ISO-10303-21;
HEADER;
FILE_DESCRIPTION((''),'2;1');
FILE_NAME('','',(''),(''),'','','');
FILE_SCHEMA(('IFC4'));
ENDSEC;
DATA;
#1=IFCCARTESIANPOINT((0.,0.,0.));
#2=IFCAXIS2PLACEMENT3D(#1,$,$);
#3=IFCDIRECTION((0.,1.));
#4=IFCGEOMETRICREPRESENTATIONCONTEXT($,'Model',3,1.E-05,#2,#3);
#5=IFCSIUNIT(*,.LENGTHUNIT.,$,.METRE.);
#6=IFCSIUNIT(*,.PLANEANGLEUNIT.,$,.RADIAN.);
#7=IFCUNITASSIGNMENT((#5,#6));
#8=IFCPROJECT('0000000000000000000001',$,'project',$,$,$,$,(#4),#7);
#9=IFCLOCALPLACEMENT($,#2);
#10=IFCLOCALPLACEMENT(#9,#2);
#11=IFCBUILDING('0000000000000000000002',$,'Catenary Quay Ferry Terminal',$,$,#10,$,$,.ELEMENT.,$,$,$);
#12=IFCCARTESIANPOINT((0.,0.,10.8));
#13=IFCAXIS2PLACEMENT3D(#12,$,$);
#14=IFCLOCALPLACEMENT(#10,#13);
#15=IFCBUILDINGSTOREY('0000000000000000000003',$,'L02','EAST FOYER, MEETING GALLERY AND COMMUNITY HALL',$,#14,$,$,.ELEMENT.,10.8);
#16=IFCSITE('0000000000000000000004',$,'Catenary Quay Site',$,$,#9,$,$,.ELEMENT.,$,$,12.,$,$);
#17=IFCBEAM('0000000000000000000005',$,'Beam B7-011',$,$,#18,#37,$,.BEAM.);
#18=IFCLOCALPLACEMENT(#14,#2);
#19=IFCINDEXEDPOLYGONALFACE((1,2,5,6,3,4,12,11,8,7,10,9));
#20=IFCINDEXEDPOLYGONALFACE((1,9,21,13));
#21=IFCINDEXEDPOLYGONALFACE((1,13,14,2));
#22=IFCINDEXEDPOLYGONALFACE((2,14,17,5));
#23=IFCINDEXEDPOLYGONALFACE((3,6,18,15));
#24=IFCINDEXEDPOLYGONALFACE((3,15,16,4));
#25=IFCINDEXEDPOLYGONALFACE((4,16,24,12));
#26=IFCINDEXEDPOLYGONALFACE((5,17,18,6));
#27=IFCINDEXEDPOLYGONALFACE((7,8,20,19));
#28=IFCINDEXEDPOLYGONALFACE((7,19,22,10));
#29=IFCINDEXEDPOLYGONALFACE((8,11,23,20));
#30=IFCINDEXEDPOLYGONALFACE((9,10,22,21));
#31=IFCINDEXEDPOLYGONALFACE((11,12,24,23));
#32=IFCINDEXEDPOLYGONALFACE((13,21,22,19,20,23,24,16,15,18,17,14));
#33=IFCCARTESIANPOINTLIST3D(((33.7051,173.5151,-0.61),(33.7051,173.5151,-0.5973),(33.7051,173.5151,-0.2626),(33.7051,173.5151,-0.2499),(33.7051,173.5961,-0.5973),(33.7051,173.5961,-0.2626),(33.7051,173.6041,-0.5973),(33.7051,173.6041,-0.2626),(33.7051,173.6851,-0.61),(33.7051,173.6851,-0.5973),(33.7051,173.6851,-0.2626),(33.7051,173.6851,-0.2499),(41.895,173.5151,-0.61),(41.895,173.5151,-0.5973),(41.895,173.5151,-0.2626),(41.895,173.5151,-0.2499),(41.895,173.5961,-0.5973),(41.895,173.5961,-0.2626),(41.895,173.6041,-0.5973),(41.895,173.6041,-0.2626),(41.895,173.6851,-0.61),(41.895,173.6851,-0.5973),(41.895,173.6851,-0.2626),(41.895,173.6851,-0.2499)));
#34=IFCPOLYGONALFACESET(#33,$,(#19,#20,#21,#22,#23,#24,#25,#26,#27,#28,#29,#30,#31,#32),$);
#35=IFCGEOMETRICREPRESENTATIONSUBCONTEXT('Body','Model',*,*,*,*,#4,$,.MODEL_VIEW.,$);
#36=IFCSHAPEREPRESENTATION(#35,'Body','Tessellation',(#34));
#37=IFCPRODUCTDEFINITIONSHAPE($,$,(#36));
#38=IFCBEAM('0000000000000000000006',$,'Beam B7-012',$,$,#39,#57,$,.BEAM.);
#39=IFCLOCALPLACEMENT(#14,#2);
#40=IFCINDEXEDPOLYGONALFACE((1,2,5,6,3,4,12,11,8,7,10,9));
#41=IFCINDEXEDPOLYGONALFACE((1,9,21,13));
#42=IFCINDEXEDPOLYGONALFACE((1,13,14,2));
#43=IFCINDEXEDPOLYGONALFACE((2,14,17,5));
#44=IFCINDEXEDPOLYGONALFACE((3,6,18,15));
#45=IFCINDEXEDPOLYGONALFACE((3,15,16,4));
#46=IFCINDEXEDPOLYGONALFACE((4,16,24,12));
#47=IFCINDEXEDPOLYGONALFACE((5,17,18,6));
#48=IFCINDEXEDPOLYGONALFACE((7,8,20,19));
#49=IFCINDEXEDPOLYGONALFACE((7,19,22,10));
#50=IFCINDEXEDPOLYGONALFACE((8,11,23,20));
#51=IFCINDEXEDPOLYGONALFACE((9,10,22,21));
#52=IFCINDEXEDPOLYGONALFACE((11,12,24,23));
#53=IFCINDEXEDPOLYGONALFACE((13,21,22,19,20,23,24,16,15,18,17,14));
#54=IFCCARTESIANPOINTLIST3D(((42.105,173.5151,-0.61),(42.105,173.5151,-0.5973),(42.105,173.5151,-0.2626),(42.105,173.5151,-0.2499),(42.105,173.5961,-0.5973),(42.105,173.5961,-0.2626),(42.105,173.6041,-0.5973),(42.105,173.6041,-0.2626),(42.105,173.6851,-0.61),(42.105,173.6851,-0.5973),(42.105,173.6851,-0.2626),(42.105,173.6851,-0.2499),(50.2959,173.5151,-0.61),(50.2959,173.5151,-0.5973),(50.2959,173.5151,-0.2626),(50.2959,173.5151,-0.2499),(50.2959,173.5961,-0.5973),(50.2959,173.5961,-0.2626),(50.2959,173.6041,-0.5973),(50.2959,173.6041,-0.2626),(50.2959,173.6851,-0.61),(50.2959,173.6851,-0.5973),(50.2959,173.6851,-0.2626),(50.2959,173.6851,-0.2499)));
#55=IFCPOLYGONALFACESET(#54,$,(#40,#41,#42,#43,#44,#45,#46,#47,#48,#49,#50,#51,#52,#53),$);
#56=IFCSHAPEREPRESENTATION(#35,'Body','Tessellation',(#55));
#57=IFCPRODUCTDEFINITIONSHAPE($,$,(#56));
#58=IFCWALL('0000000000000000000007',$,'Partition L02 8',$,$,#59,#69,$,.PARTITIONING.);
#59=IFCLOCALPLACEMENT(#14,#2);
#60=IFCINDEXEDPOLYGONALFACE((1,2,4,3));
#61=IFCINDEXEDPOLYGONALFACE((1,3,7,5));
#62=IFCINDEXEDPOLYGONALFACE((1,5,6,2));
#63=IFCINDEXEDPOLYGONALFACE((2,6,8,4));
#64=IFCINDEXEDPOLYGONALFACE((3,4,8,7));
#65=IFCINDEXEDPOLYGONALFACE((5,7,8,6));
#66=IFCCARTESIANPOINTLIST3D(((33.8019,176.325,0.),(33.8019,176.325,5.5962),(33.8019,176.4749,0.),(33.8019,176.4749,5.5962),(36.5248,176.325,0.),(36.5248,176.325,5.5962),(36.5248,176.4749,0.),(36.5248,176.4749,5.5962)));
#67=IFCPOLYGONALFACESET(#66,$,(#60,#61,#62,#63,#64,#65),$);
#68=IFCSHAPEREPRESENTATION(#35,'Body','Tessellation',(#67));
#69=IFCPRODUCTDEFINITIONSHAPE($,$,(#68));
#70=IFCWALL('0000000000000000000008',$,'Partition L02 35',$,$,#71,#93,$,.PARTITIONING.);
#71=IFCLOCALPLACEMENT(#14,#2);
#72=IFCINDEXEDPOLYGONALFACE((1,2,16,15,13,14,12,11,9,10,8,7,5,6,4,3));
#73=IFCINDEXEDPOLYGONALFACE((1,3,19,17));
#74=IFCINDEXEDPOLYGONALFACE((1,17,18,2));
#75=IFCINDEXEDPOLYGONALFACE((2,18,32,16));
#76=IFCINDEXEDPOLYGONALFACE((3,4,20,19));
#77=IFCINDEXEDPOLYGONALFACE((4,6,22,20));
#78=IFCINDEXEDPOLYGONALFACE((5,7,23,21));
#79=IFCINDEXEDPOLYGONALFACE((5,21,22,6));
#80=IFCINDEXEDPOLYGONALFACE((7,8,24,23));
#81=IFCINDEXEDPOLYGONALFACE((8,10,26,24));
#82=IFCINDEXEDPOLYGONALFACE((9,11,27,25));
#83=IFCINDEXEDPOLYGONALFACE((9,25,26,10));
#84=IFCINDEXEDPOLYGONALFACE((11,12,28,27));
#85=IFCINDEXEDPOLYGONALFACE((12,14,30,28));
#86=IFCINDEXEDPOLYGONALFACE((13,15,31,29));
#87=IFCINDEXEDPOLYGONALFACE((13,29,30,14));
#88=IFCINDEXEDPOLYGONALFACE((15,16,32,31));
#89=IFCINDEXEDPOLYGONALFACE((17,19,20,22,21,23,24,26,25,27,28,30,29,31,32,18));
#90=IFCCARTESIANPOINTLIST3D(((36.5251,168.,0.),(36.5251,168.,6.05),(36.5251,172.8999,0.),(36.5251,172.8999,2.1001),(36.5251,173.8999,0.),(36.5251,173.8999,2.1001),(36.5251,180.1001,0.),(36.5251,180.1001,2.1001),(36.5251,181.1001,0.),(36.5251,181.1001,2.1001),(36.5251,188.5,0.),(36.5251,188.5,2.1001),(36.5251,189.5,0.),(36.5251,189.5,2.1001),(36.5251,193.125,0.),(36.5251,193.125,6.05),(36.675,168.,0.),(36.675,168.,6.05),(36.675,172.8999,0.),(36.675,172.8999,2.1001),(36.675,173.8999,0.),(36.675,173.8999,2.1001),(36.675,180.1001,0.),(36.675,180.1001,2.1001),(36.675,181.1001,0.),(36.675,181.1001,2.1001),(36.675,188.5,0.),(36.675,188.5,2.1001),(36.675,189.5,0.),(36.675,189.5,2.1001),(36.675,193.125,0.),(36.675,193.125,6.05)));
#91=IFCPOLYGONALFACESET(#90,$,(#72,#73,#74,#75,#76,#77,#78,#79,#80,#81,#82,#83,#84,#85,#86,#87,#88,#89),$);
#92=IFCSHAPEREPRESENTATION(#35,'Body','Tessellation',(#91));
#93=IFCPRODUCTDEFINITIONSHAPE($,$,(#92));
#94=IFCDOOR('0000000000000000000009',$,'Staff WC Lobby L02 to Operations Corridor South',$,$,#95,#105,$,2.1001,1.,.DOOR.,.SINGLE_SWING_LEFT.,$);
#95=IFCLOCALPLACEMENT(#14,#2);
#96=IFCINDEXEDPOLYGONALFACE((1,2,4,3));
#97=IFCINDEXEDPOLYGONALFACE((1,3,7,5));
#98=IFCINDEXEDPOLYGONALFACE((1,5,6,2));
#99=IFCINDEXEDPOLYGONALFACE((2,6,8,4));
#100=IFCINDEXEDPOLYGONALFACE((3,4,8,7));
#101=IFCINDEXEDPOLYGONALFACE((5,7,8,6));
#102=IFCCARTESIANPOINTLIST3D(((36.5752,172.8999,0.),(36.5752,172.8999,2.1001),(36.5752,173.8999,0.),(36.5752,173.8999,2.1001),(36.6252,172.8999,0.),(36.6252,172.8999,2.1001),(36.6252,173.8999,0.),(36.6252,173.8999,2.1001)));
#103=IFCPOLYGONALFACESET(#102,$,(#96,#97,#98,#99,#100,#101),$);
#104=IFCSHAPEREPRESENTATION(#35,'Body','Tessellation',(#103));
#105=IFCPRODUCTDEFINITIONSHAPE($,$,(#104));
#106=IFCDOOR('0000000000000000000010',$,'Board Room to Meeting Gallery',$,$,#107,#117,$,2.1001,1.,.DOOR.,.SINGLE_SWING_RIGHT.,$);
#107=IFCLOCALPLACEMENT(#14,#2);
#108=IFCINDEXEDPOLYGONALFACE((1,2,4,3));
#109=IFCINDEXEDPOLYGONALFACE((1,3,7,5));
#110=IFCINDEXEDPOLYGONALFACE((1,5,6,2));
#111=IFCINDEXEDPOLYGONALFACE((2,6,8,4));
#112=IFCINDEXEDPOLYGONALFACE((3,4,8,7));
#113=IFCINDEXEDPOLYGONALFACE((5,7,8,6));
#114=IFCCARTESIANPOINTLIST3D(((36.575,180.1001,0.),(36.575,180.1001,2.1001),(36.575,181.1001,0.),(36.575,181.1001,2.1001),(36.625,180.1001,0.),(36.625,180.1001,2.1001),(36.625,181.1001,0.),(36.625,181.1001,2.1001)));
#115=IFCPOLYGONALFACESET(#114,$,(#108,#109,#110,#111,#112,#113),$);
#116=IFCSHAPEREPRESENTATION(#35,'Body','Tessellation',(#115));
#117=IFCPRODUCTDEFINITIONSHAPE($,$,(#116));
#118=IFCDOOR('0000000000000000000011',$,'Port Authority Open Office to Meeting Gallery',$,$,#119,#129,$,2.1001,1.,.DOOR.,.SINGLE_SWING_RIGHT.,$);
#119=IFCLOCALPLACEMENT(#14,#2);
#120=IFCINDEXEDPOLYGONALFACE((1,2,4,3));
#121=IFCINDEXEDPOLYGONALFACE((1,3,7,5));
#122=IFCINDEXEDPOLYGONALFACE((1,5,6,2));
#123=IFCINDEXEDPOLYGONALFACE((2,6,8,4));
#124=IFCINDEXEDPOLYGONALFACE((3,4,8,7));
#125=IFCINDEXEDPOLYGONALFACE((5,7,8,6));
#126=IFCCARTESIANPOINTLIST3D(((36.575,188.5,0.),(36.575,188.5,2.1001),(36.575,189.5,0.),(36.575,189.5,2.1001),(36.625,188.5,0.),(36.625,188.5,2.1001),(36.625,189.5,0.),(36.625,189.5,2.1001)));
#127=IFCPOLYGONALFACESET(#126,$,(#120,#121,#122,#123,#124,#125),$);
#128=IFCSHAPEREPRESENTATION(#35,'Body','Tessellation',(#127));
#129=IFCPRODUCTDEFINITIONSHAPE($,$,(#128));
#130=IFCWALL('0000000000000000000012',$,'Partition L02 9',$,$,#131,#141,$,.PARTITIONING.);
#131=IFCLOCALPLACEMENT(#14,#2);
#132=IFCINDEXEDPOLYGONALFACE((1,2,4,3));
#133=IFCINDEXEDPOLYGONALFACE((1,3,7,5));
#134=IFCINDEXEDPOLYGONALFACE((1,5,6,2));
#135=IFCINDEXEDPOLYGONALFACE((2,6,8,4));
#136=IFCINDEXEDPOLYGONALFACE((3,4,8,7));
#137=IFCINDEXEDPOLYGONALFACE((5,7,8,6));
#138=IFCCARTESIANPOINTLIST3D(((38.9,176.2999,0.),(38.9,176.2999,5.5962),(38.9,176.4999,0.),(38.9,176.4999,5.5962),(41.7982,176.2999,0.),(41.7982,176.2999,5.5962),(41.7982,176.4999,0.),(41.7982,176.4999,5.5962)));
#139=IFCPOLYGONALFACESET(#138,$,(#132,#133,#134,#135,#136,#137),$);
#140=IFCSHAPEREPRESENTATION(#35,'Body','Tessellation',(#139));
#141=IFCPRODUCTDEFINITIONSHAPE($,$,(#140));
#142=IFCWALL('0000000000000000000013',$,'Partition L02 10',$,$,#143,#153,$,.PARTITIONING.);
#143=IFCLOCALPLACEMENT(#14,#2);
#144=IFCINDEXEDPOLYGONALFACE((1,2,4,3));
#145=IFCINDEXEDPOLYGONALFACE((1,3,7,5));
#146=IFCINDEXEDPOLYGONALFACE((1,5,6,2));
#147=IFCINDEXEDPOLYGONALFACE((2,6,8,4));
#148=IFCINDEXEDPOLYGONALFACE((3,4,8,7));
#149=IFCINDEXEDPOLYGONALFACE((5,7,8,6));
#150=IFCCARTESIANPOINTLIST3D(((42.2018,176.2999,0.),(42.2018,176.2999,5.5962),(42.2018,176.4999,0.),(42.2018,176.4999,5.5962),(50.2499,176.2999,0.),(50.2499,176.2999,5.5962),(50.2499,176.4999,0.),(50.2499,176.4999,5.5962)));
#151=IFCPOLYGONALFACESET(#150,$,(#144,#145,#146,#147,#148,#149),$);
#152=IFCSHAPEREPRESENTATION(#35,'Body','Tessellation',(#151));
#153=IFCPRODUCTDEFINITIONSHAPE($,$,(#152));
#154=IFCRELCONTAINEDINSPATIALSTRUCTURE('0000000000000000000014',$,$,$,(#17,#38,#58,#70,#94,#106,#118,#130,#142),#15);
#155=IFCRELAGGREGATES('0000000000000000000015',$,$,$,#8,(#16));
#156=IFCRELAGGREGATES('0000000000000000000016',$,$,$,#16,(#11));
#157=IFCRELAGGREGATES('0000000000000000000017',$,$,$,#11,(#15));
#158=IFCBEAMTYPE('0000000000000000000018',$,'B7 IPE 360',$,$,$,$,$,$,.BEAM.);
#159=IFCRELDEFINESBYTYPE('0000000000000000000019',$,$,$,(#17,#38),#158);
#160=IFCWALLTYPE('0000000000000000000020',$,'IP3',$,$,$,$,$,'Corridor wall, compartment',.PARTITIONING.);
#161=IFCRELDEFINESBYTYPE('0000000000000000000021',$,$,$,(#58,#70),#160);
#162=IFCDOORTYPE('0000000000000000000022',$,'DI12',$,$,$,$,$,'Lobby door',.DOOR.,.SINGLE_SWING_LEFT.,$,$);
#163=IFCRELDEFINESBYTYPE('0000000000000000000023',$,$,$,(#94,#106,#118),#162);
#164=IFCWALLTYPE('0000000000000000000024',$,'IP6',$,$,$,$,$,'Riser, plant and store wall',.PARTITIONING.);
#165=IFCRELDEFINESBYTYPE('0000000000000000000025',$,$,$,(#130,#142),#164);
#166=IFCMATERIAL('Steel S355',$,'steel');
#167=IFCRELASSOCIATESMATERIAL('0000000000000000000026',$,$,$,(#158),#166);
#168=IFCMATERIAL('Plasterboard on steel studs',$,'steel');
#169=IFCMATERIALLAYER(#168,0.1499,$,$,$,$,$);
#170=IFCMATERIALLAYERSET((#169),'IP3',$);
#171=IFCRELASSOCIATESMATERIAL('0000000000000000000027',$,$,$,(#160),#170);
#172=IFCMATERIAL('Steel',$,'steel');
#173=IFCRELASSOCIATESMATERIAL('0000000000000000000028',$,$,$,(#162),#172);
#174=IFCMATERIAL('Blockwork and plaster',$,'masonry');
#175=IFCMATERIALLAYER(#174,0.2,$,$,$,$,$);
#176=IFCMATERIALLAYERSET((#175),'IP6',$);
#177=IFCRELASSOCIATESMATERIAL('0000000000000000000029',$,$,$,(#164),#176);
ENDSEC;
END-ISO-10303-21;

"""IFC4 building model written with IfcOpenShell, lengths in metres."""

from ifc_helpers import new_model, si_unit, direction, frame, frame_2d, origin, origin_2d, place, context, subcontext, project, spatial, rectangle, i_section, extrude, material, layer, layer_set, material_profile, profile_set, type_object, element, fill, save


model = new_model("IFC4")

# Units and contexts
model_context = context("Model", 3, precision=1e-05, world=origin(), true_north=direction((0.0, 1.0)))
body_context = subcontext(model_context, "Body", "Model", "MODEL_VIEW")
ifc_project = project(units=[si_unit("LENGTHUNIT", "METRE"), si_unit("PLANEANGLEUNIT", "RADIAN")], contexts=[model_context])

# Site, building, storey
site_placement = place(None, origin())
site = spatial("IfcSite", under=ifc_project, at=site_placement, Name="Catenary Quay Site", CompositionType="ELEMENT", RefElevation=12.0)
building_placement = place(site_placement, origin())
building = spatial("IfcBuilding", under=site, at=building_placement, Name="Catenary Quay Ferry Terminal", CompositionType="ELEMENT")
storey_placement = place(building_placement, frame((0.0, 0.0, 10.8)))
storey = spatial("IfcBuildingStorey", under=building, at=storey_placement, Name="L02", Description="EAST FOYER, MEETING GALLERY AND COMMUNITY HALL", CompositionType="ELEMENT", Elevation=10.8)

# Beams
ifc_material_1 = material(Name="Steel S355", Category="steel")
ifc_material_profile_1 = material_profile(ifc_material_1, i_section(OverallWidth=0.1699, OverallDepth=0.3601, WebThickness=0.0081, FlangeThickness=0.0127, at=origin_2d()), Name="IPE 360")
ifc_profile_set_1 = profile_set([ifc_material_profile_1], Name="Steel S355")
beam_type_1 = type_object("IfcBeamType", Name="B7 IPE 360", PredefinedType="BEAM", material=ifc_profile_set_1)
beam_1_placement = place(storey_placement, frame((33.7051, 173.6001, -0.4299), z_axis=(1.0, 0.0, 0.0), x_axis=(0.0, 1.0, 0.0)))
element("IfcBeam", 1, at=beam_1_placement, inside=storey, type_object=beam_type_1, Name="Beam B7-011", PredefinedType="BEAM", context=body_context, shape_type="SweptSolid", body=[
    extrude(i_section(OverallWidth=0.1699, OverallDepth=0.3601, WebThickness=0.0081, FlangeThickness=0.0127, at=origin_2d()), origin(), (0.0, 0.0, 1.0), 8.1899),
])
beam_2_placement = place(storey_placement, frame((42.105, 173.6001, -0.4299), z_axis=(1.0, 0.0, 0.0), x_axis=(0.0, 1.0, 0.0)))
element("IfcBeam", 2, at=beam_2_placement, inside=storey, type_object=beam_type_1, Name="Beam B7-012", PredefinedType="BEAM", context=body_context, shape_type="SweptSolid", body=[
    extrude(i_section(OverallWidth=0.1699, OverallDepth=0.3601, WebThickness=0.0081, FlangeThickness=0.0127, at=origin_2d()), origin(), (0.0, 0.0, 1.0), 8.1909),
])

# Wall
ifc_material_2 = material(Name="Plasterboard on steel studs", Category="steel")
ifc_layer_1 = layer(ifc_material_2, 0.1499)
ifc_layer_set_1 = layer_set([ifc_layer_1], Name="IP3")
wall_type_1 = type_object("IfcWallType", Name="IP3", ElementType="Corridor wall, compartment", PredefinedType="PARTITIONING", material=ifc_layer_set_1)
wall_1_placement = place(storey_placement, frame((33.802, 176.3999, 0.0), z_axis=(0.0, 0.0, 1.0), x_axis=(1.0, 0.0, 0.0)))
element("IfcWall", 3, at=wall_1_placement, inside=storey, type_object=wall_type_1, Name="Partition L02 8", PredefinedType="PARTITIONING", context=body_context, shape_type="SweptSolid", body=[
    extrude(rectangle(XDim=2.7229, YDim=0.1499, at=frame_2d((1.3613, 0.0))), origin(), (0.0, 0.0, 1.0), 5.5962),
])

# Wall, openings, doors
wall_2_placement = place(storey_placement, frame((36.6001, 168.0, 0.0), z_axis=(0.0, 0.0, 1.0), x_axis=(0.0, 1.0, 0.0)))
wall_2 = element("IfcWall", 4, at=wall_2_placement, inside=storey, type_object=wall_type_1, Name="Partition L02 35", PredefinedType="PARTITIONING", context=body_context, shape_type="SweptSolid", body=[
    extrude(rectangle(XDim=25.125, YDim=0.1499, at=frame_2d((12.5625, 0.0))), origin(), (0.0, 0.0, 1.0), 6.05),
])
opening_1_placement = place(wall_2_placement, frame((4.8999, 0.0, 0.0)))
opening_1 = element("IfcOpeningElement", 5, at=opening_1_placement, cuts=wall_2, PredefinedType="OPENING", context=body_context, shape_type="SweptSolid", body=[
    extrude(rectangle(XDim=1.0, YDim=2.1001, at=frame_2d((0.5, 1.05))), frame((0.0, 0.085, 0.0), z_axis=(0.0, -1.0, 0.0), x_axis=(1.0, 0.0, 0.0)), (0.0, 0.0, 1.0), 0.1699),
])
opening_2_placement = place(wall_2_placement, frame((12.1001, 0.0, 0.0)))
opening_2 = element("IfcOpeningElement", 6, at=opening_2_placement, cuts=wall_2, PredefinedType="OPENING", context=body_context, shape_type="SweptSolid", body=[
    extrude(rectangle(XDim=1.0, YDim=2.1001, at=frame_2d((0.5, 1.05))), frame((0.0, 0.085, 0.0), z_axis=(0.0, -1.0, 0.0), x_axis=(1.0, 0.0, 0.0)), (0.0, 0.0, 1.0), 0.1699),
])
opening_3_placement = place(wall_2_placement, frame((20.5, 0.0, 0.0)))
opening_3 = element("IfcOpeningElement", 7, at=opening_3_placement, cuts=wall_2, PredefinedType="OPENING", context=body_context, shape_type="SweptSolid", body=[
    extrude(rectangle(XDim=1.0, YDim=2.1001, at=frame_2d((0.5, 1.05))), frame((0.0, 0.085, 0.0), z_axis=(0.0, -1.0, 0.0), x_axis=(1.0, 0.0, 0.0)), (0.0, 0.0, 1.0), 0.1699),
])
ifc_material_3 = material(Name="Steel", Category="steel")
door_type_1 = type_object("IfcDoorType", Name="DI12", ElementType="Lobby door", OperationType="SINGLE_SWING_LEFT", PredefinedType="DOOR", material=ifc_material_3)
door_1_placement = place(opening_1_placement, origin())
door_1 = element("IfcDoor", 8, at=door_1_placement, inside=storey, type_object=door_type_1, Name="Staff WC Lobby L02 to Operations Corridor South", OperationType="SINGLE_SWING_LEFT", OverallHeight=2.1001, OverallWidth=1.0, PredefinedType="DOOR", context=body_context, shape_type="SweptSolid", body=[
    extrude(rectangle(XDim=1.0, YDim=2.1001, at=frame_2d((0.5, 1.05))), frame((0.0, 0.0249, 0.0), z_axis=(0.0, -1.0, 0.0), x_axis=(1.0, 0.0, 0.0)), (0.0, 0.0, 1.0), 0.05),
])
fill(opening_1, door_1)
door_2_placement = place(opening_2_placement, frame((1.0, 0.0, 0.0), z_axis=(0.0, 0.0, 1.0), x_axis=(-1.0, 0.0, 0.0)))
door_2 = element("IfcDoor", 9, at=door_2_placement, inside=storey, type_object=door_type_1, Name="Board Room to Meeting Gallery", OperationType="SINGLE_SWING_RIGHT", OverallHeight=2.1001, OverallWidth=1.0, PredefinedType="DOOR", context=body_context, shape_type="SweptSolid", body=[
    extrude(rectangle(XDim=1.0, YDim=2.1001, at=frame_2d((0.5, 1.05))), frame((0.0, 0.0249, 0.0), z_axis=(0.0, -1.0, 0.0), x_axis=(1.0, 0.0, 0.0)), (0.0, 0.0, 1.0), 0.05),
])
fill(opening_2, door_2)
door_3_placement = place(opening_3_placement, frame((1.0, 0.0, 0.0), z_axis=(0.0, 0.0, 1.0), x_axis=(-1.0, 0.0, 0.0)))
door_3 = element("IfcDoor", 10, at=door_3_placement, inside=storey, type_object=door_type_1, Name="Port Authority Open Office to Meeting Gallery", OperationType="SINGLE_SWING_RIGHT", OverallHeight=2.1001, OverallWidth=1.0, PredefinedType="DOOR", context=body_context, shape_type="SweptSolid", body=[
    extrude(rectangle(XDim=1.0, YDim=2.1001, at=frame_2d((0.5, 1.05))), frame((0.0, 0.0249, 0.0), z_axis=(0.0, -1.0, 0.0), x_axis=(1.0, 0.0, 0.0)), (0.0, 0.0, 1.0), 0.05),
])
fill(opening_3, door_3)

# Walls
ifc_material_4 = material(Name="Blockwork and plaster", Category="masonry")
ifc_layer_2 = layer(ifc_material_4, 0.2)
ifc_layer_set_2 = layer_set([ifc_layer_2], Name="IP6")
wall_type_2 = type_object("IfcWallType", Name="IP6", ElementType="Riser, plant and store wall", PredefinedType="PARTITIONING", material=ifc_layer_set_2)
wall_3_placement = place(storey_placement, frame((38.8999, 176.3999, 0.0), z_axis=(0.0, 0.0, 1.0), x_axis=(1.0, 0.0, 0.0)))
element("IfcWall", 11, at=wall_3_placement, inside=storey, type_object=wall_type_2, Name="Partition L02 9", PredefinedType="PARTITIONING", context=body_context, shape_type="SweptSolid", body=[
    extrude(rectangle(XDim=2.8982, YDim=0.2, at=frame_2d((1.4492, 0.0))), origin(), (0.0, 0.0, 1.0), 5.5962),
])
wall_4_placement = place(storey_placement, frame((42.2019, 176.3999, 0.0), z_axis=(0.0, 0.0, 1.0), x_axis=(1.0, 0.0, 0.0)))
element("IfcWall", 12, at=wall_4_placement, inside=storey, type_object=wall_type_2, Name="Partition L02 10", PredefinedType="PARTITIONING", context=body_context, shape_type="SweptSolid", body=[
    extrude(rectangle(XDim=8.0481, YDim=0.2, at=frame_2d((4.0239, 0.0))), origin(), (0.0, 0.0, 1.0), 5.5962),
])

save(model, "model.ifc")
